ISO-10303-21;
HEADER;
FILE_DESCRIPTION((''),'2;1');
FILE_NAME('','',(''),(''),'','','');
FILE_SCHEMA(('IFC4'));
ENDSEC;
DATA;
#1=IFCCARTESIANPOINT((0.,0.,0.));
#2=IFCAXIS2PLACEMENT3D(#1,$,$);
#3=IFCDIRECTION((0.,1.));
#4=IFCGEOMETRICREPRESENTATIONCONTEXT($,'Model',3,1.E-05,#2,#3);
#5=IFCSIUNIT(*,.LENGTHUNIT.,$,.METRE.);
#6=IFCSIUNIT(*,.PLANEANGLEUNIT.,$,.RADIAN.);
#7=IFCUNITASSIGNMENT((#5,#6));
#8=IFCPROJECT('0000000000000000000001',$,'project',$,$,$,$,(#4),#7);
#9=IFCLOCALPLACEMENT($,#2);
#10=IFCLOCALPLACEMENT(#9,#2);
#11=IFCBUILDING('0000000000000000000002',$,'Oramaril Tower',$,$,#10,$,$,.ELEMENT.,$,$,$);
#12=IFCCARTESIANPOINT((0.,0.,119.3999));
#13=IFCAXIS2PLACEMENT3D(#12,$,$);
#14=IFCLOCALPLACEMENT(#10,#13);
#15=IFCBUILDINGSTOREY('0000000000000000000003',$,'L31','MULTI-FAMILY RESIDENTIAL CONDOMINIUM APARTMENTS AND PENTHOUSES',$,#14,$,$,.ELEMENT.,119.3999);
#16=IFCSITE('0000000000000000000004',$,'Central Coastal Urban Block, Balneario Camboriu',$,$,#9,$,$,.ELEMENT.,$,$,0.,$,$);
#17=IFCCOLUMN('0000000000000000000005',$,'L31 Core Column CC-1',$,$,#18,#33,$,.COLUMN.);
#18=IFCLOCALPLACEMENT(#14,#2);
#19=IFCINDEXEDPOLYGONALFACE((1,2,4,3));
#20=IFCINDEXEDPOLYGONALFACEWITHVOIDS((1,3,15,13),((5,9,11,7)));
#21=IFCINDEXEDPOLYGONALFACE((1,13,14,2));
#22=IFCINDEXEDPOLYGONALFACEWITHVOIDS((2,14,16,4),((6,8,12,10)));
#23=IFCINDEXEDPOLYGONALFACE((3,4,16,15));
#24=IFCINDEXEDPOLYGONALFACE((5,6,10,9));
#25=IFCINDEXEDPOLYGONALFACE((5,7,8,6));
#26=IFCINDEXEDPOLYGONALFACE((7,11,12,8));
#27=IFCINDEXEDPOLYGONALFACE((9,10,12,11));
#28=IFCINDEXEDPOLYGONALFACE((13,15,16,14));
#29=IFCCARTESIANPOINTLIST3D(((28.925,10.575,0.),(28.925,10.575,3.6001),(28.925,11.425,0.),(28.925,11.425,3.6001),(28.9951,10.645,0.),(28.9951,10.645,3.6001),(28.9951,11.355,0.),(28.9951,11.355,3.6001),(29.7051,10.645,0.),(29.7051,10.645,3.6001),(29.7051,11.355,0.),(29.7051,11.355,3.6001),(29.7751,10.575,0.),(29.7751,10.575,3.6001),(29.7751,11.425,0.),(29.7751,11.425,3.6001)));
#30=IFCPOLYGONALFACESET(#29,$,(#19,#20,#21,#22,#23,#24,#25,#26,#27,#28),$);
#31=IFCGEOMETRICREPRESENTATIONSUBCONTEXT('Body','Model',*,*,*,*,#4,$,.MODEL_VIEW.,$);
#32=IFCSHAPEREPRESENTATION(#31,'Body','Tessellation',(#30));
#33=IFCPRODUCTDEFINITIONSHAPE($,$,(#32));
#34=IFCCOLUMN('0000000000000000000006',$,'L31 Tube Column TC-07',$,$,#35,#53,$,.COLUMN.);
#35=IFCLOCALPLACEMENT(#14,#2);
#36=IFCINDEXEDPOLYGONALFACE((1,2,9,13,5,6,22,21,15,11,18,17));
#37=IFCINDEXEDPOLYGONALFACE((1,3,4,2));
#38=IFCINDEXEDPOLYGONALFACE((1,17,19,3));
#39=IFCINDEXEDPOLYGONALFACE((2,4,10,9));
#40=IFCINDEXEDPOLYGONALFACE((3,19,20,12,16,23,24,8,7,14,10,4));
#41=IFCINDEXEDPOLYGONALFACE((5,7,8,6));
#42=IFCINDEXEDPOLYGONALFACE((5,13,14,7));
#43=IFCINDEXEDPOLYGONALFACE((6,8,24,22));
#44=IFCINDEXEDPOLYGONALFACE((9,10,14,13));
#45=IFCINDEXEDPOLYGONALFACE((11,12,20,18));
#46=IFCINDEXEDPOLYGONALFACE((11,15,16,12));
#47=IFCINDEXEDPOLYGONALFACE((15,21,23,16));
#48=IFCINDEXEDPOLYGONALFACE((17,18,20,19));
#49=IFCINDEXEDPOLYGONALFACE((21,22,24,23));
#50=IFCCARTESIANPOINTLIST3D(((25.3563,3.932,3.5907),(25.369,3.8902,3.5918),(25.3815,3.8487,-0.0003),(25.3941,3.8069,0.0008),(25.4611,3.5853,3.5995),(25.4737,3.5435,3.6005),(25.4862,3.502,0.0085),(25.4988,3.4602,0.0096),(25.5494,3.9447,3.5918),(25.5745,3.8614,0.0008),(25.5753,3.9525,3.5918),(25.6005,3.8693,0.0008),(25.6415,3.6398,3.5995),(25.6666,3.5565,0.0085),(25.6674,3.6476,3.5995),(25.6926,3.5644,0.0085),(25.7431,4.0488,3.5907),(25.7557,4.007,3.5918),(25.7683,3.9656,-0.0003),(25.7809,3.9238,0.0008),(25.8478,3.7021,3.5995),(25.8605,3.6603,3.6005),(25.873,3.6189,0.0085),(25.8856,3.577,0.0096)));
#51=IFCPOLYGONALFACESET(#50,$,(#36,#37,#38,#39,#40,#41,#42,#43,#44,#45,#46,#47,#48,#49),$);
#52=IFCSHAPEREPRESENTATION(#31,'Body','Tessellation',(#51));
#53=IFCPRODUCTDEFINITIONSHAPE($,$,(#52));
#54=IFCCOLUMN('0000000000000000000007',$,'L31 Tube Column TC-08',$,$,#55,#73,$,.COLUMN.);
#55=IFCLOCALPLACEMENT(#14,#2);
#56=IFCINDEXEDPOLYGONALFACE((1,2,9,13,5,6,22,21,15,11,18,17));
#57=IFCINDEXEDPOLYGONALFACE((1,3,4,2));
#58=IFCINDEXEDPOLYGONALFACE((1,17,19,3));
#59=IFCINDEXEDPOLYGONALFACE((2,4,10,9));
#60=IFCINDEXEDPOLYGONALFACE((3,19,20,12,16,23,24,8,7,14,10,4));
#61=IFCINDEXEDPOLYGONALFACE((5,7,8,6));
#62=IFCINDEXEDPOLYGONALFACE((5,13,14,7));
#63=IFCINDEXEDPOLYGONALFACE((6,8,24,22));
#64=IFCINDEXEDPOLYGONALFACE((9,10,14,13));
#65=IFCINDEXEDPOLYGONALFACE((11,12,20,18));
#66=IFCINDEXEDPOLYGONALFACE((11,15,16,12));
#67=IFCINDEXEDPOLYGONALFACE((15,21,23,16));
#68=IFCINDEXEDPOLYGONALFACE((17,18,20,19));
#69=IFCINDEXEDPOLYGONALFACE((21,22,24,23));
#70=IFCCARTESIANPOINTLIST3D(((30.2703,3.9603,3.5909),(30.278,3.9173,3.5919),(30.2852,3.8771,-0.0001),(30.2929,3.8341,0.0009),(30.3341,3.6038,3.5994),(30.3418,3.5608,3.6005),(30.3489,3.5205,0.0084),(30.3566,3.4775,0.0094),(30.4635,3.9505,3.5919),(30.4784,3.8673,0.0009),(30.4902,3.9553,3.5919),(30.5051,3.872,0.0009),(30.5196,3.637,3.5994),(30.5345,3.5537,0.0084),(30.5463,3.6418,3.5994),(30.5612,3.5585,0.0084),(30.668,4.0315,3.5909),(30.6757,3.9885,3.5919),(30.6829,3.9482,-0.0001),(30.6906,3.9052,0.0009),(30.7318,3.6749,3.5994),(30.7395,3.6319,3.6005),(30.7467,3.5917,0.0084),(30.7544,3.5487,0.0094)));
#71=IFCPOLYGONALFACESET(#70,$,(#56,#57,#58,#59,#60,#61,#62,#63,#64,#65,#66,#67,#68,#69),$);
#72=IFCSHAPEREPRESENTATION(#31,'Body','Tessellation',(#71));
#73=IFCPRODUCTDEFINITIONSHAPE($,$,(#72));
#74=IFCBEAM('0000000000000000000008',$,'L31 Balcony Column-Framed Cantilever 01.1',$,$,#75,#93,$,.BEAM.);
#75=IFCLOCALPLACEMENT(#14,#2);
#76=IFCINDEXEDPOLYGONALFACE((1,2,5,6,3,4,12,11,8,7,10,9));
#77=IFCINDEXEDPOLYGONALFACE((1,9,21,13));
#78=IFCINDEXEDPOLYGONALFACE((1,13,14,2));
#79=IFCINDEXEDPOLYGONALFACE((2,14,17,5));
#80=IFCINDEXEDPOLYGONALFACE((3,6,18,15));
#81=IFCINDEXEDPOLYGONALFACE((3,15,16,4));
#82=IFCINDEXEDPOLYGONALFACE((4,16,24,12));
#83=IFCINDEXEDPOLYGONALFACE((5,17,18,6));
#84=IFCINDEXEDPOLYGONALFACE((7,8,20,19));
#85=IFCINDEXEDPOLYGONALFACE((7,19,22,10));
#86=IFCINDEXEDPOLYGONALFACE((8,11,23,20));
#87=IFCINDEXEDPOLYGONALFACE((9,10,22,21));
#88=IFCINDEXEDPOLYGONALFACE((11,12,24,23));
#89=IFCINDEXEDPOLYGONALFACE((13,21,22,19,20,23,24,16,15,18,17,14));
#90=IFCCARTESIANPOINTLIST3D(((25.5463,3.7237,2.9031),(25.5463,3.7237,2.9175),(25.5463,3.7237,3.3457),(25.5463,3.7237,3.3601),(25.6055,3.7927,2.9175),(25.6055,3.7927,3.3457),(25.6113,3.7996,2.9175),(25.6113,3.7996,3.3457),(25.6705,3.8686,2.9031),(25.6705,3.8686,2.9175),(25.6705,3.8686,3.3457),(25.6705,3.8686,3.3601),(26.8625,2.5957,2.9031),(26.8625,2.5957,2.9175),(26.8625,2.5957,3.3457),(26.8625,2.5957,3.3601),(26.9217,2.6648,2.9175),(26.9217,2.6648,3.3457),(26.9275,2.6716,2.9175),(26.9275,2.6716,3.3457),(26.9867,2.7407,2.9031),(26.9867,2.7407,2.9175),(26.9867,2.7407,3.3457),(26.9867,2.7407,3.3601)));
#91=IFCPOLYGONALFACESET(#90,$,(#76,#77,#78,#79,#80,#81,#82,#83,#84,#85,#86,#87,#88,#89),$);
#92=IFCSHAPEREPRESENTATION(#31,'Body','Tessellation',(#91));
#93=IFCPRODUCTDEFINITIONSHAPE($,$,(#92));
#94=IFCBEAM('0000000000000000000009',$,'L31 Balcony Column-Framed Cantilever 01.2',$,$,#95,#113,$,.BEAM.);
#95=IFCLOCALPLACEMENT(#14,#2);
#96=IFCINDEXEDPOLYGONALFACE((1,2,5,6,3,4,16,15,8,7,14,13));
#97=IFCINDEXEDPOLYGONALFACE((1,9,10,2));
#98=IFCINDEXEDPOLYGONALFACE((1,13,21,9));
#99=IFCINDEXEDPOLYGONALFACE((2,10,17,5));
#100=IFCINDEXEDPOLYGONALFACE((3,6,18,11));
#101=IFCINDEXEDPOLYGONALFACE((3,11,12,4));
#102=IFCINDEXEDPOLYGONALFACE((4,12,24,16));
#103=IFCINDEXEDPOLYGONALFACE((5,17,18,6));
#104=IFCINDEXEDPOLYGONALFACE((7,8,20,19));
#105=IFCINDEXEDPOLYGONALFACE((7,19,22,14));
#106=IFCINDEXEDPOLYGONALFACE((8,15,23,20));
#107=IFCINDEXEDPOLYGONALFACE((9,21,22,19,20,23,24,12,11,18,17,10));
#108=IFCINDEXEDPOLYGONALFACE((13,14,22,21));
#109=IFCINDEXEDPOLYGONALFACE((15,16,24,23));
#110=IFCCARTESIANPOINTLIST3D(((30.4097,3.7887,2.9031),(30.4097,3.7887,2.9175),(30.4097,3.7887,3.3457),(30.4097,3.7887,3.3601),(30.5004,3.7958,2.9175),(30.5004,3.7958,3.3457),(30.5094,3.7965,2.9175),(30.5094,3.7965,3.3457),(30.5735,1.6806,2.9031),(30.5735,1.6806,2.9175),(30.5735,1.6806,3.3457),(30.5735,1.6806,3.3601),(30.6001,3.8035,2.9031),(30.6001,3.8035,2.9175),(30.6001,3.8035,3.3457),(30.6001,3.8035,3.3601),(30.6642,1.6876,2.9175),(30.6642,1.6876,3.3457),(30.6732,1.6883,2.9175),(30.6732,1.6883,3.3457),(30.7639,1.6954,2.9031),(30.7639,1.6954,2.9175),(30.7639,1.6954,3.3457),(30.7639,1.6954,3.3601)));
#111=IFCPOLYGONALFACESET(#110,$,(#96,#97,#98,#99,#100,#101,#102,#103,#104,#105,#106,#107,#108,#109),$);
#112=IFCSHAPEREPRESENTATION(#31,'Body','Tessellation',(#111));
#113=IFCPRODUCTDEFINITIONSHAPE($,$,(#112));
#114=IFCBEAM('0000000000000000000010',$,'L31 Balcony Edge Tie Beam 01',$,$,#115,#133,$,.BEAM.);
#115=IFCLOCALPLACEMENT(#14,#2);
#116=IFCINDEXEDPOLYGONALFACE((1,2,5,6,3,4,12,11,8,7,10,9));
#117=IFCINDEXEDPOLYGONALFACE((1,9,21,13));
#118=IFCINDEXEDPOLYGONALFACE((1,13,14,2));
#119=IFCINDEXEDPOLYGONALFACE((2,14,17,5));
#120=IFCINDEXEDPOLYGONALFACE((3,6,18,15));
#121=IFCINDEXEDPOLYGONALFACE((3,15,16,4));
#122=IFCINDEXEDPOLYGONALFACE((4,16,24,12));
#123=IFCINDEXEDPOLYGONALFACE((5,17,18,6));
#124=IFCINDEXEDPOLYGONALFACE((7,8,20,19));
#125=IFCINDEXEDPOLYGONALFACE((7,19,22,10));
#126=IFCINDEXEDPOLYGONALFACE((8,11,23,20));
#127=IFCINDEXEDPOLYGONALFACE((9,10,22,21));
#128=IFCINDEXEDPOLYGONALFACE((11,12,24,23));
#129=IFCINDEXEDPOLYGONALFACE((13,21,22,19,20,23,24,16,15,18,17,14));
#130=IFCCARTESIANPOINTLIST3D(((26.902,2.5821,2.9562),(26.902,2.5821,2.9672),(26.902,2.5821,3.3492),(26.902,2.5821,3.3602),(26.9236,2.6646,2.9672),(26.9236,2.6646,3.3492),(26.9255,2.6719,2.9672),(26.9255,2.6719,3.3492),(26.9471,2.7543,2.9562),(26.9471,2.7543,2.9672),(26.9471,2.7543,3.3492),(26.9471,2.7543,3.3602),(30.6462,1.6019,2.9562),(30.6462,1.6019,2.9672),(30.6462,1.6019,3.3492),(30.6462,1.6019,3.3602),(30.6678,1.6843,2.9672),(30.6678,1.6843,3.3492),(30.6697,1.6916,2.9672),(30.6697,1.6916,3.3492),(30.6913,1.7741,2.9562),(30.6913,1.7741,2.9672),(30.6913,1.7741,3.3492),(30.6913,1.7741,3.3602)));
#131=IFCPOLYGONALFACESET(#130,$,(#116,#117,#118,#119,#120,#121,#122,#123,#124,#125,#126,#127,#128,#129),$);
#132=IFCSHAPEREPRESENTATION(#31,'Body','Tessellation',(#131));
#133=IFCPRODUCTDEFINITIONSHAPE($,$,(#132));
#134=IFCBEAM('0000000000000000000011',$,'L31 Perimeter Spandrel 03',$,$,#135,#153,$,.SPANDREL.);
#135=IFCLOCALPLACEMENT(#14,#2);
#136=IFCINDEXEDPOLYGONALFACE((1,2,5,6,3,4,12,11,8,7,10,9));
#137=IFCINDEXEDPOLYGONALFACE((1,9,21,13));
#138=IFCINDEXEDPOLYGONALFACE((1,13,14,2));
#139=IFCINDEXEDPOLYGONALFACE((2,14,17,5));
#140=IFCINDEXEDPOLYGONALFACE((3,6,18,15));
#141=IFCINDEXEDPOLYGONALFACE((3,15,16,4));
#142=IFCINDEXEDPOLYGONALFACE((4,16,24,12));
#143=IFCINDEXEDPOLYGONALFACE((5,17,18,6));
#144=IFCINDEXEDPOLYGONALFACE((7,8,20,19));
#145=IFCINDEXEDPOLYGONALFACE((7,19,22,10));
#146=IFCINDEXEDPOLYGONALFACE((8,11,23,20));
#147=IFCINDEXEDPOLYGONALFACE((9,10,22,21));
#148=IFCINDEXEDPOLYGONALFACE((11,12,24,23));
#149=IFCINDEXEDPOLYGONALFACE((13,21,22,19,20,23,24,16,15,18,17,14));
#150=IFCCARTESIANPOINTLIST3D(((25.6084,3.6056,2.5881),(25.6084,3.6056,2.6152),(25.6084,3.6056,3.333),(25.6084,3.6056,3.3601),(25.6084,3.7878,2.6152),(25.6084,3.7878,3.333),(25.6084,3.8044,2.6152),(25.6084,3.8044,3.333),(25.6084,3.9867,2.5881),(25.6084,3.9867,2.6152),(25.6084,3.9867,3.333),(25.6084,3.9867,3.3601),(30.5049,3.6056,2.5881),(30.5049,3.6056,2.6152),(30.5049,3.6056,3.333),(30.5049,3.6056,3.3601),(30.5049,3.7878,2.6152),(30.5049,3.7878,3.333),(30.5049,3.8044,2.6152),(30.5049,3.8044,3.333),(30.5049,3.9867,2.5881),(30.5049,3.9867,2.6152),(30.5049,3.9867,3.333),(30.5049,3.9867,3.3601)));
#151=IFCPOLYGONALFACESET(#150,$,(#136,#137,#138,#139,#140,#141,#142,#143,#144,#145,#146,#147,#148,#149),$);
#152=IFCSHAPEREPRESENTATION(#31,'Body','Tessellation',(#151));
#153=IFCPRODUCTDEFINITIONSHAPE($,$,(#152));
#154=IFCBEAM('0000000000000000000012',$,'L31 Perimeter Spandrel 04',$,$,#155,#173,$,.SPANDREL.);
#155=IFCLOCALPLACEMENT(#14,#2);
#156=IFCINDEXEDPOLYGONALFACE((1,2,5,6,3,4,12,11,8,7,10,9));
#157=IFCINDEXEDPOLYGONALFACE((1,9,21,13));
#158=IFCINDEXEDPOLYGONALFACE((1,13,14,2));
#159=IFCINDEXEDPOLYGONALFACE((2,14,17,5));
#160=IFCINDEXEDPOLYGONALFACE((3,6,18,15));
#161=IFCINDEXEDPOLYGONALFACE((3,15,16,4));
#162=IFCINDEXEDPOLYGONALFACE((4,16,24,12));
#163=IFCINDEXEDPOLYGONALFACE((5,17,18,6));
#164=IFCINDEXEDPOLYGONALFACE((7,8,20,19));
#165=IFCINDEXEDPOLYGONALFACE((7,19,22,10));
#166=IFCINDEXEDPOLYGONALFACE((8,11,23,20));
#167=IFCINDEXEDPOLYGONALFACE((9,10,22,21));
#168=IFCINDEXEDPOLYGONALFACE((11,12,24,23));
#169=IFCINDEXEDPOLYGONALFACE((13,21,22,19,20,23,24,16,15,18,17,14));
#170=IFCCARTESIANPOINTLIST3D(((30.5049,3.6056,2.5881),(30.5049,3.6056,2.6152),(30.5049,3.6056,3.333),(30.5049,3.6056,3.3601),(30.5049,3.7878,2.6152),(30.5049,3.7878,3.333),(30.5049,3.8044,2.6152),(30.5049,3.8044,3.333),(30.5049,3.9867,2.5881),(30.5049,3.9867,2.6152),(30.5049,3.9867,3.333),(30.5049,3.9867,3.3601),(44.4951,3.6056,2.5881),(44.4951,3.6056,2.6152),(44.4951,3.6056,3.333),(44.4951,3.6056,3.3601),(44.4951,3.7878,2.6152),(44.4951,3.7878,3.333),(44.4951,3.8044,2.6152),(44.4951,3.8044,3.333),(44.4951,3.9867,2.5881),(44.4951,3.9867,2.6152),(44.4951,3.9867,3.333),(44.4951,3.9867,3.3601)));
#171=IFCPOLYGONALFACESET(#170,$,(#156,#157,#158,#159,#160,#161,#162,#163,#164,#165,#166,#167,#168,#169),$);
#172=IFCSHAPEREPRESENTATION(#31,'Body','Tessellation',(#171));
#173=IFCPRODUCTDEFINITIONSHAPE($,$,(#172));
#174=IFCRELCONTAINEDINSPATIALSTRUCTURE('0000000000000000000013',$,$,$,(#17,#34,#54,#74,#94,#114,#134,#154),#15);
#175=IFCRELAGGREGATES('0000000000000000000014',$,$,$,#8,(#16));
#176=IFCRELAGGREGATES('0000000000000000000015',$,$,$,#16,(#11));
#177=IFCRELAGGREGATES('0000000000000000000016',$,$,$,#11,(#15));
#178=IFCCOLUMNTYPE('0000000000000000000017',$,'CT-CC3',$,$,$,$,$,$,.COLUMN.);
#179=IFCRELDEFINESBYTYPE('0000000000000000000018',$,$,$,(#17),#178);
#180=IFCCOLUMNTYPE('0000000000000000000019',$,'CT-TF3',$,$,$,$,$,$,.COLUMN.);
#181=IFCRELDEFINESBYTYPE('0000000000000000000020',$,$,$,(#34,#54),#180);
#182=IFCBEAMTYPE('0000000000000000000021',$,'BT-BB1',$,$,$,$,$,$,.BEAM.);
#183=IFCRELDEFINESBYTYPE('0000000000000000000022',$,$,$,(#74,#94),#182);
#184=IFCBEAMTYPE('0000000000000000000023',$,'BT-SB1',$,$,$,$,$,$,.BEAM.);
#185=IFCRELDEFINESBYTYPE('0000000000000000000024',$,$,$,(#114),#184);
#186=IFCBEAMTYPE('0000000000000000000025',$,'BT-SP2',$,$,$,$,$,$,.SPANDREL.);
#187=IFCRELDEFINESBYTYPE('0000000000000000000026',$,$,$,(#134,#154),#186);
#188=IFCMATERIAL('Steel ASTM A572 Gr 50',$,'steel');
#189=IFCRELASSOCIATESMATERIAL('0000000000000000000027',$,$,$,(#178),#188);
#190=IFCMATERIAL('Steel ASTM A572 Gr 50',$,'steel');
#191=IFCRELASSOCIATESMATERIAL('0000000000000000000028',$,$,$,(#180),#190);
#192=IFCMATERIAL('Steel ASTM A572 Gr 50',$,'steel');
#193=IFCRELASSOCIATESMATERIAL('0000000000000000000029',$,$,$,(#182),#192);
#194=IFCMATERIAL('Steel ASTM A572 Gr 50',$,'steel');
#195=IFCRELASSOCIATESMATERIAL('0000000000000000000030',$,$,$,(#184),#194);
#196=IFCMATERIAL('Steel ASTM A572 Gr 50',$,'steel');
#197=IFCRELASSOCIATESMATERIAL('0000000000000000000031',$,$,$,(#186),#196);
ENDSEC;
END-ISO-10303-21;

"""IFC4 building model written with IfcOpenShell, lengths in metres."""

from ifc_helpers import new_model, si_unit, direction, frame, origin, origin_2d, place, context, subcontext, project, spatial, hollow_rectangle, i_section, extrude, material, material_profile, profile_set, type_object, element, save


model = new_model("IFC4")

# Units and contexts
model_context = context("Model", 3, precision=1e-05, world=origin(), true_north=direction((0.0, 1.0)))
body_context = subcontext(model_context, "Body", "Model", "MODEL_VIEW")
ifc_project = project(units=[si_unit("LENGTHUNIT", "METRE"), si_unit("PLANEANGLEUNIT", "RADIAN")], contexts=[model_context])

# Site, building, storey
site_placement = place(None, origin())
site = spatial("IfcSite", under=ifc_project, at=site_placement, Name="Central Coastal Urban Block, Balneario Camboriu", CompositionType="ELEMENT", RefElevation=0.0)
building_placement = place(site_placement, origin())
building = spatial("IfcBuilding", under=site, at=building_placement, Name="Oramaril Tower", CompositionType="ELEMENT")
storey_placement = place(building_placement, frame((0.0, 0.0, 119.3999)))
storey = spatial("IfcBuildingStorey", under=building, at=storey_placement, Name="L31", Description="MULTI-FAMILY RESIDENTIAL CONDOMINIUM APARTMENTS AND PENTHOUSES", CompositionType="ELEMENT", Elevation=119.3999)

# Columns
ifc_material_1 = material(Name="Steel ASTM A572 Gr 50", Category="steel")
ifc_material_profile_1 = material_profile(ifc_material_1, hollow_rectangle(XDim=0.8501, YDim=0.8501, WallThickness=0.0701, at=origin_2d()), Name="BOX850X850X70")
ifc_profile_set_1 = profile_set([ifc_material_profile_1], Name="Steel ASTM A572 Gr 50")
column_type_1 = type_object("IfcColumnType", Name="CT-CC3", PredefinedType="COLUMN", material=ifc_profile_set_1)
column_placement = place(storey_placement, frame((29.3501, 11.0, 0.0), z_axis=(0.0, 0.0, 1.0), x_axis=(1.0, 0.0, 0.0)))
element("IfcColumn", 1, at=column_placement, inside=storey, type_object=column_type_1, Name="L31 Core Column CC-1", PredefinedType="COLUMN", context=body_context, shape_type="SweptSolid", body=[
    extrude(hollow_rectangle(XDim=0.8501, YDim=0.8501, WallThickness=0.0701, at=origin_2d()), origin(), (0.0, 0.0, 1.0), 3.6001),
])
ifc_material_2 = material(Name="Steel ASTM A572 Gr 50", Category="steel")
ifc_material_profile_2 = material_profile(ifc_material_2, i_section(OverallWidth=0.4041, OverallDepth=0.406, WebThickness=0.0271, FlangeThickness=0.0437, at=origin_2d()), Name="W14X233")
ifc_profile_set_2 = profile_set([ifc_material_profile_2], Name="Steel ASTM A572 Gr 50")
column_type_2 = type_object("IfcColumnType", Name="CT-TF3", PredefinedType="COLUMN", material=ifc_profile_set_2)
for number, where, z_axis, x_axis, name in (
    (2, (25.6335, 3.7129, 0.0046), (-0.007, 0.023176, 0.999707), (-0.957284, -0.28915, 0.0), "L31 Tube Column TC-07"),
    (3, (30.5198, 3.7129, 0.0046), (-0.004146, 0.023177, 0.999723), (-0.984374, -0.17609, 0.0), "L31 Tube Column TC-08"),
):
    element("IfcColumn", number, at=place(storey_placement, frame(where, z_axis=z_axis, x_axis=x_axis)), inside=storey, type_object=column_type_2, Name=name, PredefinedType="COLUMN", context=body_context, shape_type="SweptSolid", body=[
        extrude(i_section(OverallWidth=0.4041, OverallDepth=0.406, WebThickness=0.0271, FlangeThickness=0.0437, at=origin_2d()), origin(), (0.0, 0.0, 1.0), 3.592),
    ])

# Beams
ifc_material_3 = material(Name="Steel ASTM A572 Gr 50", Category="steel")
ifc_material_profile_3 = material_profile(ifc_material_3, i_section(OverallWidth=0.1909, OverallDepth=0.457, WebThickness=0.009, FlangeThickness=0.0144, at=origin_2d()), Name="W18X50")
ifc_profile_set_3 = profile_set([ifc_material_profile_3], Name="Steel ASTM A572 Gr 50")
beam_type_1 = type_object("IfcBeamType", Name="BT-BB1", PredefinedType="BEAM", material=ifc_profile_set_3)
beam_1_placement = place(storey_placement, frame((25.6084, 3.7961, 3.1316), z_axis=(0.759316, -0.650722, 0.0), x_axis=(0.650722, 0.759316, 0.0)))
element("IfcBeam", 4, at=beam_1_placement, inside=storey, type_object=beam_type_1, Name="L31 Balcony Column-Framed Cantilever 01.1", PredefinedType="BEAM", context=body_context, shape_type="SweptSolid", body=[
    extrude(i_section(OverallWidth=0.1909, OverallDepth=0.457, WebThickness=0.009, FlangeThickness=0.0144, at=origin_2d()), origin(), (0.0, 0.0, 1.0), 1.7334),
])
beam_2_placement = place(storey_placement, frame((30.5049, 3.7961, 3.1316), z_axis=(0.077473, -0.996994, 0.0), x_axis=(0.996994, 0.077473, 0.0)))
element("IfcBeam", 5, at=beam_2_placement, inside=storey, type_object=beam_type_1, Name="L31 Balcony Column-Framed Cantilever 01.2", PredefinedType="BEAM", context=body_context, shape_type="SweptSolid", body=[
    extrude(i_section(OverallWidth=0.1909, OverallDepth=0.457, WebThickness=0.009, FlangeThickness=0.0144, at=origin_2d()), origin(), (0.0, 0.0, 1.0), 2.1145),
])
ifc_material_4 = material(Name="Steel ASTM A572 Gr 50", Category="steel")
ifc_material_profile_4 = material_profile(ifc_material_4, i_section(OverallWidth=0.178, OverallDepth=0.4041, WebThickness=0.0076, FlangeThickness=0.011, at=origin_2d()), Name="W16X36")
ifc_profile_set_4 = profile_set([ifc_material_profile_4], Name="Steel ASTM A572 Gr 50")
beam_type_2 = type_object("IfcBeamType", Name="BT-SB1", PredefinedType="BEAM", material=ifc_profile_set_4)
beam_3_placement = place(storey_placement, frame((26.9246, 2.6682, 3.1582), z_axis=(0.967397, -0.253267, 0.0), x_axis=(0.253267, 0.967397, 0.0)))
element("IfcBeam", 6, at=beam_3_placement, inside=storey, type_object=beam_type_2, Name="L31 Balcony Edge Tie Beam 01", PredefinedType="BEAM", context=body_context, shape_type="SweptSolid", body=[
    extrude(i_section(OverallWidth=0.178, OverallDepth=0.4041, WebThickness=0.0076, FlangeThickness=0.011, at=origin_2d()), origin(), (0.0, 0.0, 1.0), 3.8704),
])
ifc_material_5 = material(Name="Steel ASTM A572 Gr 50", Category="steel")
ifc_material_profile_5 = material_profile(ifc_material_5, i_section(OverallWidth=0.3811, OverallDepth=0.772, WebThickness=0.0166, FlangeThickness=0.0271, at=origin_2d()), Name="W30X173")
ifc_profile_set_5 = profile_set([ifc_material_profile_5], Name="Steel ASTM A572 Gr 50")
beam_type_3 = type_object("IfcBeamType", Name="BT-SP2", PredefinedType="SPANDREL", material=ifc_profile_set_5)
beam_4_placement = place(storey_placement, frame((25.6084, 3.7961, 2.9741), z_axis=(1.0, 0.0, 0.0), x_axis=(0.0, 1.0, 0.0)))
element("IfcBeam", 7, at=beam_4_placement, inside=storey, type_object=beam_type_3, Name="L31 Perimeter Spandrel 03", PredefinedType="SPANDREL", context=body_context, shape_type="SweptSolid", body=[
    extrude(i_section(OverallWidth=0.3811, OverallDepth=0.772, WebThickness=0.0166, FlangeThickness=0.0271, at=origin_2d()), origin(), (0.0, 0.0, 1.0), 4.8965),
])
beam_5_placement = place(storey_placement, frame((30.5049, 3.7961, 2.9741), z_axis=(1.0, 0.0, 0.0), x_axis=(0.0, 1.0, 0.0)))
element("IfcBeam", 8, at=beam_5_placement, inside=storey, type_object=beam_type_3, Name="L31 Perimeter Spandrel 04", PredefinedType="SPANDREL", context=body_context, shape_type="SweptSolid", body=[
    extrude(i_section(OverallWidth=0.3811, OverallDepth=0.772, WebThickness=0.0166, FlangeThickness=0.0271, at=origin_2d()), origin(), (0.0, 0.0, 1.0), 13.9902),
])

save(model, "model.ifc")
